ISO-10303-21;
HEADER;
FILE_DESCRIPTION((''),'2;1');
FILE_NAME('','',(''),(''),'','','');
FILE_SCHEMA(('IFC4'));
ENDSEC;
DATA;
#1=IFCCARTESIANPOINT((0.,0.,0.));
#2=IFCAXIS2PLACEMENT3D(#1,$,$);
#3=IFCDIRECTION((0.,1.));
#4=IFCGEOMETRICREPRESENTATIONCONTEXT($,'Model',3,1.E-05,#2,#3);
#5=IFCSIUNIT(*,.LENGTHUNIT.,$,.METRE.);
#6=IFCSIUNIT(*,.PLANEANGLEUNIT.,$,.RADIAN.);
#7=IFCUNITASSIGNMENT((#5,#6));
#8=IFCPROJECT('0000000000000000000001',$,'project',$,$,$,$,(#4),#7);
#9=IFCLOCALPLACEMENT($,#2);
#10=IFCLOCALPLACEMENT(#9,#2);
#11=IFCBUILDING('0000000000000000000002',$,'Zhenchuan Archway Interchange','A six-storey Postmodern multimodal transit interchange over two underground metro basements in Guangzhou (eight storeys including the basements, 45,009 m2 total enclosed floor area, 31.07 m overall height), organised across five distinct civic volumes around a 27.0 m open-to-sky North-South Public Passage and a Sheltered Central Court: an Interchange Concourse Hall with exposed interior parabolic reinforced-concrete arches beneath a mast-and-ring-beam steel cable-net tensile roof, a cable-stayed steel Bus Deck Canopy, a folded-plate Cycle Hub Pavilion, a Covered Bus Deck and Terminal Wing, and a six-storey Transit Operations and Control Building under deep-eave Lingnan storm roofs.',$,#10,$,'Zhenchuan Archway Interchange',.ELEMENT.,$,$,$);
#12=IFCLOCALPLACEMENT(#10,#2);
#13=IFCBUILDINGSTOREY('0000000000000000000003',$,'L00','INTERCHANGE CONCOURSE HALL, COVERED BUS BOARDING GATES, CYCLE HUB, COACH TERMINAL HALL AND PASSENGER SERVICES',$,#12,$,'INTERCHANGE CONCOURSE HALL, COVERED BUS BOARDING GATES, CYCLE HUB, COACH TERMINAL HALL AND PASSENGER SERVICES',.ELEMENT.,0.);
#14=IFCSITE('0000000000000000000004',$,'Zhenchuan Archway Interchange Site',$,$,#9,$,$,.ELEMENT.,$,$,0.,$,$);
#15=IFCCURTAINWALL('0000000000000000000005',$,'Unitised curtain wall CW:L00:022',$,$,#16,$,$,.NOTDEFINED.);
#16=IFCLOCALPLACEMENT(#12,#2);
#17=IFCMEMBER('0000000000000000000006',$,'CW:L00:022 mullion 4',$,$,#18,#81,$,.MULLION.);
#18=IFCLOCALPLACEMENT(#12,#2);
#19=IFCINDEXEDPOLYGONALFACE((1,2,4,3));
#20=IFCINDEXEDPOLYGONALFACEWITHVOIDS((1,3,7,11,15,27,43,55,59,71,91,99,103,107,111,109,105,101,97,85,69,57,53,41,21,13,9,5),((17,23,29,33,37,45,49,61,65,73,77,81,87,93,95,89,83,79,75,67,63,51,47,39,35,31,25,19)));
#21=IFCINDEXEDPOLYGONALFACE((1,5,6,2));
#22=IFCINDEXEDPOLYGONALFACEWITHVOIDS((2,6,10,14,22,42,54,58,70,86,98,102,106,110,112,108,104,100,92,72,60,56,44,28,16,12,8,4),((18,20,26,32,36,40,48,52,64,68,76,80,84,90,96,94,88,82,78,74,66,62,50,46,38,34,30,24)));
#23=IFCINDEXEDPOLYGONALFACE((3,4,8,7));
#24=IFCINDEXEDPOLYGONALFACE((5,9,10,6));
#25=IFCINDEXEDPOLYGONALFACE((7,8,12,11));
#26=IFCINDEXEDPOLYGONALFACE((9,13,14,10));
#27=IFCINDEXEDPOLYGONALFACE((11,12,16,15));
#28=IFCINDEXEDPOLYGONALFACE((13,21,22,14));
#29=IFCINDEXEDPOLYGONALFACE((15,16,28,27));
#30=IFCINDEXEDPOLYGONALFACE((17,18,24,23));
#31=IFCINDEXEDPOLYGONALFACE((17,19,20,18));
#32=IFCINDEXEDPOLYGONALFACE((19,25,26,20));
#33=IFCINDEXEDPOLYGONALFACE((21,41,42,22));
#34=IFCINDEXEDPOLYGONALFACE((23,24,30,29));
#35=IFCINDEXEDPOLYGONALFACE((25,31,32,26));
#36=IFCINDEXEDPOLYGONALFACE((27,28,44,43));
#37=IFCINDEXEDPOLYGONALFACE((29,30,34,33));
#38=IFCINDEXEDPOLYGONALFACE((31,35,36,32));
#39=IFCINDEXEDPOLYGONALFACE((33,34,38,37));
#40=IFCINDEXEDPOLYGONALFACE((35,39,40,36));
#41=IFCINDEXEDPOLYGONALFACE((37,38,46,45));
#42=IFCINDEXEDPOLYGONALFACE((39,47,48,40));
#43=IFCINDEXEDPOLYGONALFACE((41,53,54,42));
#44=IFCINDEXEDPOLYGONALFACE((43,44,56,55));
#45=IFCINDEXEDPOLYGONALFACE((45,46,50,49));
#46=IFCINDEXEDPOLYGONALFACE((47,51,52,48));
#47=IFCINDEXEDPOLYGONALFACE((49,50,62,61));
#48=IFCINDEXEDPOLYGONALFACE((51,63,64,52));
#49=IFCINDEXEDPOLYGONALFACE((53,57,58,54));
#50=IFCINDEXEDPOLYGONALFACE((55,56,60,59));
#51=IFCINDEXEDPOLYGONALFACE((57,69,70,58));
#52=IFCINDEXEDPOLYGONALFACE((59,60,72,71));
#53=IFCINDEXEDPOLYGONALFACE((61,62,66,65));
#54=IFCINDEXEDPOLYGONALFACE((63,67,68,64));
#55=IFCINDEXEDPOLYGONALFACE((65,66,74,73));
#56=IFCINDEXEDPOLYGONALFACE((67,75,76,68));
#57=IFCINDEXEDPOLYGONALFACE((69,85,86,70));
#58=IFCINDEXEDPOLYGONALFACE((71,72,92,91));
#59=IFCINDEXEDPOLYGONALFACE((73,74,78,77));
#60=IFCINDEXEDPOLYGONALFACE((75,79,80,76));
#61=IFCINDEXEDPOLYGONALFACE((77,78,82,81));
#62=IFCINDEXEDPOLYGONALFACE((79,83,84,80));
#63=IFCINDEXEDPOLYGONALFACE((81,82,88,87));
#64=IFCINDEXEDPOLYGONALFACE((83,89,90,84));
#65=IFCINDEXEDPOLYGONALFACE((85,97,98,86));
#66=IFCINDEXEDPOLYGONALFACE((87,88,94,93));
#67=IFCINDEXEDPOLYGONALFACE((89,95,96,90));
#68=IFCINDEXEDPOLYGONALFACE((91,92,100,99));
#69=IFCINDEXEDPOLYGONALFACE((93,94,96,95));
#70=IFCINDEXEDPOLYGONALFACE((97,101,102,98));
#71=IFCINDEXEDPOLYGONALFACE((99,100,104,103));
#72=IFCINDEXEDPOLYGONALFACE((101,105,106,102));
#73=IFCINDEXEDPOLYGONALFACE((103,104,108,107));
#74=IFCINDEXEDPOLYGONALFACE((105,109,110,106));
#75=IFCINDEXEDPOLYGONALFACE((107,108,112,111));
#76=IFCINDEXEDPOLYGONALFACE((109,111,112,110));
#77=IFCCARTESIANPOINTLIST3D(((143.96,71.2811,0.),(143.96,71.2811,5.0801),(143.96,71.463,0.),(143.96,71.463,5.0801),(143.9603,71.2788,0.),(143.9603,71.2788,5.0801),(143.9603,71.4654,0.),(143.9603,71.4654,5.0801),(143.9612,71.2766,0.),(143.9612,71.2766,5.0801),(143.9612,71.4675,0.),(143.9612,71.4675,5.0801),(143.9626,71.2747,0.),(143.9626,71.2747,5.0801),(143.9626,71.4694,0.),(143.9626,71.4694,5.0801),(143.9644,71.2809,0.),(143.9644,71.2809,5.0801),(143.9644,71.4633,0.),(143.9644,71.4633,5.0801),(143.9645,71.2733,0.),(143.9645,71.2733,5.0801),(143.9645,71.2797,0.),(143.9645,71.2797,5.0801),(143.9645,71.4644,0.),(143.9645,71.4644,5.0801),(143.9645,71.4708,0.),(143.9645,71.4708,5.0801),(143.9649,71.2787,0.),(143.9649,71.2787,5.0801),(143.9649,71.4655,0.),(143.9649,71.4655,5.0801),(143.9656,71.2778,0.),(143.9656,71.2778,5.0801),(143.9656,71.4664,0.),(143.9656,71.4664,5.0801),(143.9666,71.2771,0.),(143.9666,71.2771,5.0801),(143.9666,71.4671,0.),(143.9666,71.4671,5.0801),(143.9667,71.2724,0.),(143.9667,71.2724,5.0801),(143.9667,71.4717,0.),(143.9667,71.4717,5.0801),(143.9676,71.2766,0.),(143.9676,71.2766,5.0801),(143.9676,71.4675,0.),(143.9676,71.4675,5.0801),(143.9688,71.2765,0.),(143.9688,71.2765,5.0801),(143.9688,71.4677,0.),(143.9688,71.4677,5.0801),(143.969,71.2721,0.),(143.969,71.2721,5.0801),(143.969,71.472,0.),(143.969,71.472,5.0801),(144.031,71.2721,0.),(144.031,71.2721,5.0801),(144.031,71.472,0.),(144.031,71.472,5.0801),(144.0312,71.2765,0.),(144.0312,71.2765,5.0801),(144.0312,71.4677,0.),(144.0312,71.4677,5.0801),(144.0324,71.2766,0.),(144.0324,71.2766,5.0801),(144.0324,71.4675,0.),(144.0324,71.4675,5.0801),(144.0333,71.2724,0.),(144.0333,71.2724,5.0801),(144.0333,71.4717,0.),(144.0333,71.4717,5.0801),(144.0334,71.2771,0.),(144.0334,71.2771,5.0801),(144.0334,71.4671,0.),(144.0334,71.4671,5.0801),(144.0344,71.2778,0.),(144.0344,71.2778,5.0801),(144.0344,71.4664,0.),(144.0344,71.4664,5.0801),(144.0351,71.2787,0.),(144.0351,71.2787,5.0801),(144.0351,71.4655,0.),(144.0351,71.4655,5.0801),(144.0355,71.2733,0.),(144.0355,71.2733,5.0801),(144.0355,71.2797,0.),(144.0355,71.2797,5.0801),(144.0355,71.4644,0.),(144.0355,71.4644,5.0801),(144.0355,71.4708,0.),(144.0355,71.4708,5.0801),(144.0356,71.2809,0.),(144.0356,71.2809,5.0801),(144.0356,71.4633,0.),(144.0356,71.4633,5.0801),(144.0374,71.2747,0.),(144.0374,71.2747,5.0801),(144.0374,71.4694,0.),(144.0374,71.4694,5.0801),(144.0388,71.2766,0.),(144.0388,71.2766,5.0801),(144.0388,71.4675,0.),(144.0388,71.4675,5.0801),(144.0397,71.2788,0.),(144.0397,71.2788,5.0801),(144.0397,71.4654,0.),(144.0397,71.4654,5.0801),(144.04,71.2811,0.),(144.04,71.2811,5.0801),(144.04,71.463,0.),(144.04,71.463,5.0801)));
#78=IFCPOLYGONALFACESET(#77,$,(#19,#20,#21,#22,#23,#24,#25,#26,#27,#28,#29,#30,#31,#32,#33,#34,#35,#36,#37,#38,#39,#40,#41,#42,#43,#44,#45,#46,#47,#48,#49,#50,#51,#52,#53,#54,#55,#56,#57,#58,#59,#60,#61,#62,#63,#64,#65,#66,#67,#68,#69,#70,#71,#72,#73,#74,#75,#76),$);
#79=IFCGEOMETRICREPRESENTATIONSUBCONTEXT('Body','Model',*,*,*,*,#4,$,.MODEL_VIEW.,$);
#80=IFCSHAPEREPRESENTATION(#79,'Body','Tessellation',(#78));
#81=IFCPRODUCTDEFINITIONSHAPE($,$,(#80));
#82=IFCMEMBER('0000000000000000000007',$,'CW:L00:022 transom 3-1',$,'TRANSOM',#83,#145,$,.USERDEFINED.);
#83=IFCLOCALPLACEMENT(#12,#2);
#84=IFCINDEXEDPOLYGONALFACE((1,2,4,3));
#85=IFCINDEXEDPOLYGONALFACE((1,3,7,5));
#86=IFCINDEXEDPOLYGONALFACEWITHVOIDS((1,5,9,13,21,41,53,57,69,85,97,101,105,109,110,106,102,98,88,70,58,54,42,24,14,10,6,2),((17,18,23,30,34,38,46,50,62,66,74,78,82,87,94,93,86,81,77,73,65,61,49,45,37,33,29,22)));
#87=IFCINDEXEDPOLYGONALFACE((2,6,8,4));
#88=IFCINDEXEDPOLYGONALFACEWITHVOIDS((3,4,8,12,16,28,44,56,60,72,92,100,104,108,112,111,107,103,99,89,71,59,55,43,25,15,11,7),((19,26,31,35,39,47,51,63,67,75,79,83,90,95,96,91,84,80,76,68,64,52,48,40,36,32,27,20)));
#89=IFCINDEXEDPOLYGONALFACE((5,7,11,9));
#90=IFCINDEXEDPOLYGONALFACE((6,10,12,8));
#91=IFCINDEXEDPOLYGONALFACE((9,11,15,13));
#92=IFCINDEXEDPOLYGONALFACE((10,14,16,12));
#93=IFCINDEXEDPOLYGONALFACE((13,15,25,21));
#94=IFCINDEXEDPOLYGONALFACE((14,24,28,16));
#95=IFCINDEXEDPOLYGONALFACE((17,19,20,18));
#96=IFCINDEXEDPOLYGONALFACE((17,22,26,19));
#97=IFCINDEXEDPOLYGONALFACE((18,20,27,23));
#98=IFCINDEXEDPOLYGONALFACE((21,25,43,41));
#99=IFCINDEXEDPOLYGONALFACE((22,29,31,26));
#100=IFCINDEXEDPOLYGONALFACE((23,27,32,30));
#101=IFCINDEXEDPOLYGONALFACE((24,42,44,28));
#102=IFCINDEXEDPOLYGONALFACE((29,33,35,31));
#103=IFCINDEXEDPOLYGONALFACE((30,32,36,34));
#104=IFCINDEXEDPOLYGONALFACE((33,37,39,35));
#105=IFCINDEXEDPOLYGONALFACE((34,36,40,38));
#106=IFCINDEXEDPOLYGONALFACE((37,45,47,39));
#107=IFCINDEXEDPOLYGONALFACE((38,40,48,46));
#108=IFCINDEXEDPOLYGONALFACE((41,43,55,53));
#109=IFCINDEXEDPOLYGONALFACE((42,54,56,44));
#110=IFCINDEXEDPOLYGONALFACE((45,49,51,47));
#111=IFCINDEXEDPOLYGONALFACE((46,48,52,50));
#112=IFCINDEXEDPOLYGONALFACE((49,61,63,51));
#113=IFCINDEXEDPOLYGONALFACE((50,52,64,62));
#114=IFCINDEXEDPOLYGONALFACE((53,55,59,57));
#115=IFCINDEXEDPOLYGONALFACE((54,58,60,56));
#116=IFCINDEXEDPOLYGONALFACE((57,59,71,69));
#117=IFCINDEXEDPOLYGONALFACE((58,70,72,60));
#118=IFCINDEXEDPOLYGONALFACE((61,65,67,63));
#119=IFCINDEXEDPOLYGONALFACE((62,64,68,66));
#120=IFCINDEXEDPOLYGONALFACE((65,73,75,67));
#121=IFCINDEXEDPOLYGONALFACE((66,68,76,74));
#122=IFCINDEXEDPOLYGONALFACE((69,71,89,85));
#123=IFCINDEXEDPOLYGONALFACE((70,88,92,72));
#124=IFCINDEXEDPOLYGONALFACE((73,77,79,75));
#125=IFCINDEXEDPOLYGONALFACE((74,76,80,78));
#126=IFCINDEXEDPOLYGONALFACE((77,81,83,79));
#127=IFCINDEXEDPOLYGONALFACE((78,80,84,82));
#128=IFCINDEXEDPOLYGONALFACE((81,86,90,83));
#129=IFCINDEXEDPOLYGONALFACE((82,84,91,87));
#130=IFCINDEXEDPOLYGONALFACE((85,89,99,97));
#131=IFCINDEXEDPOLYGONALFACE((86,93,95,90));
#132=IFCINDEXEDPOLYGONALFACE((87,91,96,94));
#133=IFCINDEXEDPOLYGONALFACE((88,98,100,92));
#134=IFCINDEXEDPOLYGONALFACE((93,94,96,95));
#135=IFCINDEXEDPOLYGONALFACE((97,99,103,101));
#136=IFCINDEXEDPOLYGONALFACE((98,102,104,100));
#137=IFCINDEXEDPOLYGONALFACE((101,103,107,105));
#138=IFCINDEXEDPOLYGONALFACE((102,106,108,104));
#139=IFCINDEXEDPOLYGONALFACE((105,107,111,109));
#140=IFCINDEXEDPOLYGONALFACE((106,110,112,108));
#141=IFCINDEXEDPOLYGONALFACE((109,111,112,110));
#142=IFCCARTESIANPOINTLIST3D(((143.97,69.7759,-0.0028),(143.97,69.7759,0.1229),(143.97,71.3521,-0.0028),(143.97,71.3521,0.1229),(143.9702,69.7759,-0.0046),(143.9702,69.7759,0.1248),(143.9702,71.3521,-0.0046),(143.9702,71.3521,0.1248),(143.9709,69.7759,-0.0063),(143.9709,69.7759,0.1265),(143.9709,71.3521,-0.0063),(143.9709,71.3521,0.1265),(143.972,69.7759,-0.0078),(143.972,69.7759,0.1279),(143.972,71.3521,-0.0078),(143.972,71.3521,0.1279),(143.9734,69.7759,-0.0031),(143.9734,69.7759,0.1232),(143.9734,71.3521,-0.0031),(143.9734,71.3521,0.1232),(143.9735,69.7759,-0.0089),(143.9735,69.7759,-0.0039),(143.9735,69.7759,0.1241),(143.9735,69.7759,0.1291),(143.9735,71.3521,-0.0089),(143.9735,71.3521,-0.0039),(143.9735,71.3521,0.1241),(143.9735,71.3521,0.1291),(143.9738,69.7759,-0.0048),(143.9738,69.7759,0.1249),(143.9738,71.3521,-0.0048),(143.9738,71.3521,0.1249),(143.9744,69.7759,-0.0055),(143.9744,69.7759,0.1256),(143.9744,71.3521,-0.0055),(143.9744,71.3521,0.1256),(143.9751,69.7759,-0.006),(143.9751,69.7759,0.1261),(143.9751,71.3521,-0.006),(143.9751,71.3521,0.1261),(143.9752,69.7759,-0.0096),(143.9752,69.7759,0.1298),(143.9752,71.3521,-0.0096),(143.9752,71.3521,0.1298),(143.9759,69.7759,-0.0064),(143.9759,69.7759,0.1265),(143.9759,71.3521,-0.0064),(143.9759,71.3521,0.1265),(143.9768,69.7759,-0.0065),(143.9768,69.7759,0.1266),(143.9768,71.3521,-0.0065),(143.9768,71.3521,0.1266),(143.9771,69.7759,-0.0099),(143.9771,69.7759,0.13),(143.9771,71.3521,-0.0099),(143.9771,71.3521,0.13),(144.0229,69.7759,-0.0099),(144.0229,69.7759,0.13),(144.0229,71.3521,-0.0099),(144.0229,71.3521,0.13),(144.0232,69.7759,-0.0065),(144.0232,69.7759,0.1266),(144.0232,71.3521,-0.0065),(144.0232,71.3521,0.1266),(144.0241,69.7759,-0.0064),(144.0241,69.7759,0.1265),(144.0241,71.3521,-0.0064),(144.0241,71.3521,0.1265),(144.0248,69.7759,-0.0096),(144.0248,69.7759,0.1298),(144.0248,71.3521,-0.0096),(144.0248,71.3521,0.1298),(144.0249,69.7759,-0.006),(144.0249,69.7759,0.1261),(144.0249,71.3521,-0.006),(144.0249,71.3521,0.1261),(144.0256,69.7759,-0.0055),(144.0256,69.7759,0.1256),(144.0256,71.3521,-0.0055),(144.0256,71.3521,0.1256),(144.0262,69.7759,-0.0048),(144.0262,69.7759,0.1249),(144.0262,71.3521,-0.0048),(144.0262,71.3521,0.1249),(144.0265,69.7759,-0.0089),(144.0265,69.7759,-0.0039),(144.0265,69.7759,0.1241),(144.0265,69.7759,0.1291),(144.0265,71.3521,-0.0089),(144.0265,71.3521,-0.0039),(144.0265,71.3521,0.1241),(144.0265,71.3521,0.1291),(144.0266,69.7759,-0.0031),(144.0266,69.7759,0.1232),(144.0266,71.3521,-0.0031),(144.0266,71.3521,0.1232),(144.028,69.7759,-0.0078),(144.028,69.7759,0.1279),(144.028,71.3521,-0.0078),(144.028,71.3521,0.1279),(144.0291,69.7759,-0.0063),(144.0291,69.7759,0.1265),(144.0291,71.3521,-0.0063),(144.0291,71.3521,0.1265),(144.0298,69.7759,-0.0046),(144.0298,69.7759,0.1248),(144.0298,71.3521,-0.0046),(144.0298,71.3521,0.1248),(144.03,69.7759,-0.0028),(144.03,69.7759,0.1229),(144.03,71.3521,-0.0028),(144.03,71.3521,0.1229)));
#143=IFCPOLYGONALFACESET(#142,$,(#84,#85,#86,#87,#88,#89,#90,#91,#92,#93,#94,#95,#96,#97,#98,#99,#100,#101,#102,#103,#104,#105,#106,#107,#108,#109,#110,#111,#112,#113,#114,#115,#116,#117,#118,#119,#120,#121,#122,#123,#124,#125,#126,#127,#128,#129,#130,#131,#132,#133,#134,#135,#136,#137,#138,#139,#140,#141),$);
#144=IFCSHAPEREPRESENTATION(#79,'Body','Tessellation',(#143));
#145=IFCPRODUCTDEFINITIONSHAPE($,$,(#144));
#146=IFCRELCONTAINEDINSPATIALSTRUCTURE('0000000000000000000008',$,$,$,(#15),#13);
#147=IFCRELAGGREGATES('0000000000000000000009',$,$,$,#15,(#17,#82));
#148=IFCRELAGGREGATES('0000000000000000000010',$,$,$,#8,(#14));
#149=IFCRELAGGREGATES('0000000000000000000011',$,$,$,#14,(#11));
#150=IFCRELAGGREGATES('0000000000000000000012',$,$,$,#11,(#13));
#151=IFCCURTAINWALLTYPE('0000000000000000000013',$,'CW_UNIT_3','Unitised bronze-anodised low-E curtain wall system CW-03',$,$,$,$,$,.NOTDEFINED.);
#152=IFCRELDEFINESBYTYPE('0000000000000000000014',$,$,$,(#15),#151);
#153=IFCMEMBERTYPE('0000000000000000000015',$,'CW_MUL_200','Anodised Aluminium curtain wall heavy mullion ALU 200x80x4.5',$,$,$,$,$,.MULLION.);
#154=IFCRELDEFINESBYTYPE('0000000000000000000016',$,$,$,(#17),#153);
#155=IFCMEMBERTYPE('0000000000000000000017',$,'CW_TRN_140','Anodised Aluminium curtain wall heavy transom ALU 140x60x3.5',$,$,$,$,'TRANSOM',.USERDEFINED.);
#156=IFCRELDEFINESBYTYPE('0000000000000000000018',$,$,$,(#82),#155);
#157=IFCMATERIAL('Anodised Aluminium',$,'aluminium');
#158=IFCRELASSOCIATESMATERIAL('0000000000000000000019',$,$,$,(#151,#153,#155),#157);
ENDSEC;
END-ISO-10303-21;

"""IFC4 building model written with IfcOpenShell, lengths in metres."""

from ifc_helpers import new_model, si_unit, direction, frame, origin, origin_2d, place, context, subcontext, project, spatial, hollow_rectangle, extrude, material, material_profile, profile_set, type_object, element, aggregate, save


model = new_model("IFC4")

# Units and contexts
model_context = context("Model", 3, precision=1e-05, world=origin(), true_north=direction((0.0, 1.0)))
body_context = subcontext(model_context, "Body", "Model", "MODEL_VIEW")
ifc_project = project(units=[si_unit("LENGTHUNIT", "METRE"), si_unit("PLANEANGLEUNIT", "RADIAN")], contexts=[model_context])

# Site, building, storey
site_placement = place(None, origin())
site = spatial("IfcSite", under=ifc_project, at=site_placement, Name="Zhenchuan Archway Interchange Site", CompositionType="ELEMENT", RefElevation=0.0)
building_placement = place(site_placement, origin())
building = spatial("IfcBuilding", under=site, at=building_placement, Name="Zhenchuan Archway Interchange", Description="A six-storey Postmodern multimodal transit interchange over two underground metro basements in Guangzhou (eight storeys including the basements, 45,009 m2 total enclosed floor area, 31.07 m overall height), organised across five distinct civic volumes around a 27.0 m open-to-sky North-South Public Passage and a Sheltered Central Court: an Interchange Concourse Hall with exposed interior parabolic reinforced-concrete arches beneath a mast-and-ring-beam steel cable-net tensile roof, a cable-stayed steel Bus Deck Canopy, a folded-plate Cycle Hub Pavilion, a Covered Bus Deck and Terminal Wing, and a six-storey Transit Operations and Control Building under deep-eave Lingnan storm roofs.", LongName="Zhenchuan Archway Interchange", CompositionType="ELEMENT")
storey_placement = place(building_placement, origin())
storey = spatial("IfcBuildingStorey", under=building, at=storey_placement, Name="L00", Description="INTERCHANGE CONCOURSE HALL, COVERED BUS BOARDING GATES, CYCLE HUB, COACH TERMINAL HALL AND PASSENGER SERVICES", LongName="INTERCHANGE CONCOURSE HALL, COVERED BUS BOARDING GATES, CYCLE HUB, COACH TERMINAL HALL AND PASSENGER SERVICES", CompositionType="ELEMENT", Elevation=0.0)

# Curtain wall, members
ifc_material_1 = material(Name="Anodised Aluminium", Category="aluminium")
curtain_wall_type = type_object("IfcCurtainWallType", Name="CW_UNIT_3", Description="Unitised bronze-anodised low-E curtain wall system CW-03", PredefinedType="NOTDEFINED", material=ifc_material_1)
curtain_wall_placement = place(storey_placement, origin())
curtain_wall = element("IfcCurtainWall", 1, at=curtain_wall_placement, inside=storey, type_object=curtain_wall_type, Name="Unitised curtain wall CW:L00:022", PredefinedType="NOTDEFINED")
ifc_material_profile_1 = material_profile(ifc_material_1, hollow_rectangle(XDim=0.0801, YDim=0.2, WallThickness=0.0044, InnerFilletRadius=0.0044, OuterFilletRadius=0.009, at=origin_2d()), Name="ALU 200x80x4.5")
ifc_profile_set_1 = profile_set([ifc_material_profile_1], Name="Anodised Aluminium")
member_type_1 = type_object("IfcMemberType", Name="CW_MUL_200", Description="Anodised Aluminium curtain wall heavy mullion ALU 200x80x4.5", PredefinedType="MULLION", material=ifc_profile_set_1)
member_1_placement = place(storey_placement, frame((144.0, 71.3721, 0.0), z_axis=(0.0, 0.0, 1.0), x_axis=(1.0, 0.0, 0.0)))
member_1 = element("IfcMember", 2, at=member_1_placement, type_object=member_type_1, Name="CW:L00:022 mullion 4", PredefinedType="MULLION", context=body_context, shape_type="SweptSolid", body=[
    extrude(hollow_rectangle(XDim=0.0801, YDim=0.2, WallThickness=0.0044, InnerFilletRadius=0.0044, OuterFilletRadius=0.009, at=origin_2d()), origin(), (0.0, 0.0, 1.0), 5.0801),
])
ifc_material_profile_2 = material_profile(ifc_material_1, hollow_rectangle(XDim=0.0601, YDim=0.1399, WallThickness=0.0034, InnerFilletRadius=0.0034, OuterFilletRadius=0.0071, at=origin_2d()), Name="ALU 140x60x3.5")
ifc_profile_set_2 = profile_set([ifc_material_profile_2], Name="Anodised Aluminium")
member_type_2 = type_object("IfcMemberType", Name="CW_TRN_140", Description="Anodised Aluminium curtain wall heavy transom ALU 140x60x3.5", ElementType="TRANSOM", PredefinedType="USERDEFINED", material=ifc_profile_set_2)
member_2_placement = place(storey_placement, frame((144.0, 69.7759, 0.0601), z_axis=(0.0, 1.0, 0.0), x_axis=(-1.0, 0.0, 0.0)))
member_2 = element("IfcMember", 3, at=member_2_placement, type_object=member_type_2, Name="CW:L00:022 transom 3-1", ObjectType="TRANSOM", PredefinedType="USERDEFINED", context=body_context, shape_type="SweptSolid", body=[
    extrude(hollow_rectangle(XDim=0.0601, YDim=0.1399, WallThickness=0.0034, InnerFilletRadius=0.0034, OuterFilletRadius=0.0071, at=origin_2d()), origin(), (0.0, 0.0, 1.0), 1.5762),
])

aggregate(curtain_wall, [member_1, member_2])

save(model, "model.ifc")
